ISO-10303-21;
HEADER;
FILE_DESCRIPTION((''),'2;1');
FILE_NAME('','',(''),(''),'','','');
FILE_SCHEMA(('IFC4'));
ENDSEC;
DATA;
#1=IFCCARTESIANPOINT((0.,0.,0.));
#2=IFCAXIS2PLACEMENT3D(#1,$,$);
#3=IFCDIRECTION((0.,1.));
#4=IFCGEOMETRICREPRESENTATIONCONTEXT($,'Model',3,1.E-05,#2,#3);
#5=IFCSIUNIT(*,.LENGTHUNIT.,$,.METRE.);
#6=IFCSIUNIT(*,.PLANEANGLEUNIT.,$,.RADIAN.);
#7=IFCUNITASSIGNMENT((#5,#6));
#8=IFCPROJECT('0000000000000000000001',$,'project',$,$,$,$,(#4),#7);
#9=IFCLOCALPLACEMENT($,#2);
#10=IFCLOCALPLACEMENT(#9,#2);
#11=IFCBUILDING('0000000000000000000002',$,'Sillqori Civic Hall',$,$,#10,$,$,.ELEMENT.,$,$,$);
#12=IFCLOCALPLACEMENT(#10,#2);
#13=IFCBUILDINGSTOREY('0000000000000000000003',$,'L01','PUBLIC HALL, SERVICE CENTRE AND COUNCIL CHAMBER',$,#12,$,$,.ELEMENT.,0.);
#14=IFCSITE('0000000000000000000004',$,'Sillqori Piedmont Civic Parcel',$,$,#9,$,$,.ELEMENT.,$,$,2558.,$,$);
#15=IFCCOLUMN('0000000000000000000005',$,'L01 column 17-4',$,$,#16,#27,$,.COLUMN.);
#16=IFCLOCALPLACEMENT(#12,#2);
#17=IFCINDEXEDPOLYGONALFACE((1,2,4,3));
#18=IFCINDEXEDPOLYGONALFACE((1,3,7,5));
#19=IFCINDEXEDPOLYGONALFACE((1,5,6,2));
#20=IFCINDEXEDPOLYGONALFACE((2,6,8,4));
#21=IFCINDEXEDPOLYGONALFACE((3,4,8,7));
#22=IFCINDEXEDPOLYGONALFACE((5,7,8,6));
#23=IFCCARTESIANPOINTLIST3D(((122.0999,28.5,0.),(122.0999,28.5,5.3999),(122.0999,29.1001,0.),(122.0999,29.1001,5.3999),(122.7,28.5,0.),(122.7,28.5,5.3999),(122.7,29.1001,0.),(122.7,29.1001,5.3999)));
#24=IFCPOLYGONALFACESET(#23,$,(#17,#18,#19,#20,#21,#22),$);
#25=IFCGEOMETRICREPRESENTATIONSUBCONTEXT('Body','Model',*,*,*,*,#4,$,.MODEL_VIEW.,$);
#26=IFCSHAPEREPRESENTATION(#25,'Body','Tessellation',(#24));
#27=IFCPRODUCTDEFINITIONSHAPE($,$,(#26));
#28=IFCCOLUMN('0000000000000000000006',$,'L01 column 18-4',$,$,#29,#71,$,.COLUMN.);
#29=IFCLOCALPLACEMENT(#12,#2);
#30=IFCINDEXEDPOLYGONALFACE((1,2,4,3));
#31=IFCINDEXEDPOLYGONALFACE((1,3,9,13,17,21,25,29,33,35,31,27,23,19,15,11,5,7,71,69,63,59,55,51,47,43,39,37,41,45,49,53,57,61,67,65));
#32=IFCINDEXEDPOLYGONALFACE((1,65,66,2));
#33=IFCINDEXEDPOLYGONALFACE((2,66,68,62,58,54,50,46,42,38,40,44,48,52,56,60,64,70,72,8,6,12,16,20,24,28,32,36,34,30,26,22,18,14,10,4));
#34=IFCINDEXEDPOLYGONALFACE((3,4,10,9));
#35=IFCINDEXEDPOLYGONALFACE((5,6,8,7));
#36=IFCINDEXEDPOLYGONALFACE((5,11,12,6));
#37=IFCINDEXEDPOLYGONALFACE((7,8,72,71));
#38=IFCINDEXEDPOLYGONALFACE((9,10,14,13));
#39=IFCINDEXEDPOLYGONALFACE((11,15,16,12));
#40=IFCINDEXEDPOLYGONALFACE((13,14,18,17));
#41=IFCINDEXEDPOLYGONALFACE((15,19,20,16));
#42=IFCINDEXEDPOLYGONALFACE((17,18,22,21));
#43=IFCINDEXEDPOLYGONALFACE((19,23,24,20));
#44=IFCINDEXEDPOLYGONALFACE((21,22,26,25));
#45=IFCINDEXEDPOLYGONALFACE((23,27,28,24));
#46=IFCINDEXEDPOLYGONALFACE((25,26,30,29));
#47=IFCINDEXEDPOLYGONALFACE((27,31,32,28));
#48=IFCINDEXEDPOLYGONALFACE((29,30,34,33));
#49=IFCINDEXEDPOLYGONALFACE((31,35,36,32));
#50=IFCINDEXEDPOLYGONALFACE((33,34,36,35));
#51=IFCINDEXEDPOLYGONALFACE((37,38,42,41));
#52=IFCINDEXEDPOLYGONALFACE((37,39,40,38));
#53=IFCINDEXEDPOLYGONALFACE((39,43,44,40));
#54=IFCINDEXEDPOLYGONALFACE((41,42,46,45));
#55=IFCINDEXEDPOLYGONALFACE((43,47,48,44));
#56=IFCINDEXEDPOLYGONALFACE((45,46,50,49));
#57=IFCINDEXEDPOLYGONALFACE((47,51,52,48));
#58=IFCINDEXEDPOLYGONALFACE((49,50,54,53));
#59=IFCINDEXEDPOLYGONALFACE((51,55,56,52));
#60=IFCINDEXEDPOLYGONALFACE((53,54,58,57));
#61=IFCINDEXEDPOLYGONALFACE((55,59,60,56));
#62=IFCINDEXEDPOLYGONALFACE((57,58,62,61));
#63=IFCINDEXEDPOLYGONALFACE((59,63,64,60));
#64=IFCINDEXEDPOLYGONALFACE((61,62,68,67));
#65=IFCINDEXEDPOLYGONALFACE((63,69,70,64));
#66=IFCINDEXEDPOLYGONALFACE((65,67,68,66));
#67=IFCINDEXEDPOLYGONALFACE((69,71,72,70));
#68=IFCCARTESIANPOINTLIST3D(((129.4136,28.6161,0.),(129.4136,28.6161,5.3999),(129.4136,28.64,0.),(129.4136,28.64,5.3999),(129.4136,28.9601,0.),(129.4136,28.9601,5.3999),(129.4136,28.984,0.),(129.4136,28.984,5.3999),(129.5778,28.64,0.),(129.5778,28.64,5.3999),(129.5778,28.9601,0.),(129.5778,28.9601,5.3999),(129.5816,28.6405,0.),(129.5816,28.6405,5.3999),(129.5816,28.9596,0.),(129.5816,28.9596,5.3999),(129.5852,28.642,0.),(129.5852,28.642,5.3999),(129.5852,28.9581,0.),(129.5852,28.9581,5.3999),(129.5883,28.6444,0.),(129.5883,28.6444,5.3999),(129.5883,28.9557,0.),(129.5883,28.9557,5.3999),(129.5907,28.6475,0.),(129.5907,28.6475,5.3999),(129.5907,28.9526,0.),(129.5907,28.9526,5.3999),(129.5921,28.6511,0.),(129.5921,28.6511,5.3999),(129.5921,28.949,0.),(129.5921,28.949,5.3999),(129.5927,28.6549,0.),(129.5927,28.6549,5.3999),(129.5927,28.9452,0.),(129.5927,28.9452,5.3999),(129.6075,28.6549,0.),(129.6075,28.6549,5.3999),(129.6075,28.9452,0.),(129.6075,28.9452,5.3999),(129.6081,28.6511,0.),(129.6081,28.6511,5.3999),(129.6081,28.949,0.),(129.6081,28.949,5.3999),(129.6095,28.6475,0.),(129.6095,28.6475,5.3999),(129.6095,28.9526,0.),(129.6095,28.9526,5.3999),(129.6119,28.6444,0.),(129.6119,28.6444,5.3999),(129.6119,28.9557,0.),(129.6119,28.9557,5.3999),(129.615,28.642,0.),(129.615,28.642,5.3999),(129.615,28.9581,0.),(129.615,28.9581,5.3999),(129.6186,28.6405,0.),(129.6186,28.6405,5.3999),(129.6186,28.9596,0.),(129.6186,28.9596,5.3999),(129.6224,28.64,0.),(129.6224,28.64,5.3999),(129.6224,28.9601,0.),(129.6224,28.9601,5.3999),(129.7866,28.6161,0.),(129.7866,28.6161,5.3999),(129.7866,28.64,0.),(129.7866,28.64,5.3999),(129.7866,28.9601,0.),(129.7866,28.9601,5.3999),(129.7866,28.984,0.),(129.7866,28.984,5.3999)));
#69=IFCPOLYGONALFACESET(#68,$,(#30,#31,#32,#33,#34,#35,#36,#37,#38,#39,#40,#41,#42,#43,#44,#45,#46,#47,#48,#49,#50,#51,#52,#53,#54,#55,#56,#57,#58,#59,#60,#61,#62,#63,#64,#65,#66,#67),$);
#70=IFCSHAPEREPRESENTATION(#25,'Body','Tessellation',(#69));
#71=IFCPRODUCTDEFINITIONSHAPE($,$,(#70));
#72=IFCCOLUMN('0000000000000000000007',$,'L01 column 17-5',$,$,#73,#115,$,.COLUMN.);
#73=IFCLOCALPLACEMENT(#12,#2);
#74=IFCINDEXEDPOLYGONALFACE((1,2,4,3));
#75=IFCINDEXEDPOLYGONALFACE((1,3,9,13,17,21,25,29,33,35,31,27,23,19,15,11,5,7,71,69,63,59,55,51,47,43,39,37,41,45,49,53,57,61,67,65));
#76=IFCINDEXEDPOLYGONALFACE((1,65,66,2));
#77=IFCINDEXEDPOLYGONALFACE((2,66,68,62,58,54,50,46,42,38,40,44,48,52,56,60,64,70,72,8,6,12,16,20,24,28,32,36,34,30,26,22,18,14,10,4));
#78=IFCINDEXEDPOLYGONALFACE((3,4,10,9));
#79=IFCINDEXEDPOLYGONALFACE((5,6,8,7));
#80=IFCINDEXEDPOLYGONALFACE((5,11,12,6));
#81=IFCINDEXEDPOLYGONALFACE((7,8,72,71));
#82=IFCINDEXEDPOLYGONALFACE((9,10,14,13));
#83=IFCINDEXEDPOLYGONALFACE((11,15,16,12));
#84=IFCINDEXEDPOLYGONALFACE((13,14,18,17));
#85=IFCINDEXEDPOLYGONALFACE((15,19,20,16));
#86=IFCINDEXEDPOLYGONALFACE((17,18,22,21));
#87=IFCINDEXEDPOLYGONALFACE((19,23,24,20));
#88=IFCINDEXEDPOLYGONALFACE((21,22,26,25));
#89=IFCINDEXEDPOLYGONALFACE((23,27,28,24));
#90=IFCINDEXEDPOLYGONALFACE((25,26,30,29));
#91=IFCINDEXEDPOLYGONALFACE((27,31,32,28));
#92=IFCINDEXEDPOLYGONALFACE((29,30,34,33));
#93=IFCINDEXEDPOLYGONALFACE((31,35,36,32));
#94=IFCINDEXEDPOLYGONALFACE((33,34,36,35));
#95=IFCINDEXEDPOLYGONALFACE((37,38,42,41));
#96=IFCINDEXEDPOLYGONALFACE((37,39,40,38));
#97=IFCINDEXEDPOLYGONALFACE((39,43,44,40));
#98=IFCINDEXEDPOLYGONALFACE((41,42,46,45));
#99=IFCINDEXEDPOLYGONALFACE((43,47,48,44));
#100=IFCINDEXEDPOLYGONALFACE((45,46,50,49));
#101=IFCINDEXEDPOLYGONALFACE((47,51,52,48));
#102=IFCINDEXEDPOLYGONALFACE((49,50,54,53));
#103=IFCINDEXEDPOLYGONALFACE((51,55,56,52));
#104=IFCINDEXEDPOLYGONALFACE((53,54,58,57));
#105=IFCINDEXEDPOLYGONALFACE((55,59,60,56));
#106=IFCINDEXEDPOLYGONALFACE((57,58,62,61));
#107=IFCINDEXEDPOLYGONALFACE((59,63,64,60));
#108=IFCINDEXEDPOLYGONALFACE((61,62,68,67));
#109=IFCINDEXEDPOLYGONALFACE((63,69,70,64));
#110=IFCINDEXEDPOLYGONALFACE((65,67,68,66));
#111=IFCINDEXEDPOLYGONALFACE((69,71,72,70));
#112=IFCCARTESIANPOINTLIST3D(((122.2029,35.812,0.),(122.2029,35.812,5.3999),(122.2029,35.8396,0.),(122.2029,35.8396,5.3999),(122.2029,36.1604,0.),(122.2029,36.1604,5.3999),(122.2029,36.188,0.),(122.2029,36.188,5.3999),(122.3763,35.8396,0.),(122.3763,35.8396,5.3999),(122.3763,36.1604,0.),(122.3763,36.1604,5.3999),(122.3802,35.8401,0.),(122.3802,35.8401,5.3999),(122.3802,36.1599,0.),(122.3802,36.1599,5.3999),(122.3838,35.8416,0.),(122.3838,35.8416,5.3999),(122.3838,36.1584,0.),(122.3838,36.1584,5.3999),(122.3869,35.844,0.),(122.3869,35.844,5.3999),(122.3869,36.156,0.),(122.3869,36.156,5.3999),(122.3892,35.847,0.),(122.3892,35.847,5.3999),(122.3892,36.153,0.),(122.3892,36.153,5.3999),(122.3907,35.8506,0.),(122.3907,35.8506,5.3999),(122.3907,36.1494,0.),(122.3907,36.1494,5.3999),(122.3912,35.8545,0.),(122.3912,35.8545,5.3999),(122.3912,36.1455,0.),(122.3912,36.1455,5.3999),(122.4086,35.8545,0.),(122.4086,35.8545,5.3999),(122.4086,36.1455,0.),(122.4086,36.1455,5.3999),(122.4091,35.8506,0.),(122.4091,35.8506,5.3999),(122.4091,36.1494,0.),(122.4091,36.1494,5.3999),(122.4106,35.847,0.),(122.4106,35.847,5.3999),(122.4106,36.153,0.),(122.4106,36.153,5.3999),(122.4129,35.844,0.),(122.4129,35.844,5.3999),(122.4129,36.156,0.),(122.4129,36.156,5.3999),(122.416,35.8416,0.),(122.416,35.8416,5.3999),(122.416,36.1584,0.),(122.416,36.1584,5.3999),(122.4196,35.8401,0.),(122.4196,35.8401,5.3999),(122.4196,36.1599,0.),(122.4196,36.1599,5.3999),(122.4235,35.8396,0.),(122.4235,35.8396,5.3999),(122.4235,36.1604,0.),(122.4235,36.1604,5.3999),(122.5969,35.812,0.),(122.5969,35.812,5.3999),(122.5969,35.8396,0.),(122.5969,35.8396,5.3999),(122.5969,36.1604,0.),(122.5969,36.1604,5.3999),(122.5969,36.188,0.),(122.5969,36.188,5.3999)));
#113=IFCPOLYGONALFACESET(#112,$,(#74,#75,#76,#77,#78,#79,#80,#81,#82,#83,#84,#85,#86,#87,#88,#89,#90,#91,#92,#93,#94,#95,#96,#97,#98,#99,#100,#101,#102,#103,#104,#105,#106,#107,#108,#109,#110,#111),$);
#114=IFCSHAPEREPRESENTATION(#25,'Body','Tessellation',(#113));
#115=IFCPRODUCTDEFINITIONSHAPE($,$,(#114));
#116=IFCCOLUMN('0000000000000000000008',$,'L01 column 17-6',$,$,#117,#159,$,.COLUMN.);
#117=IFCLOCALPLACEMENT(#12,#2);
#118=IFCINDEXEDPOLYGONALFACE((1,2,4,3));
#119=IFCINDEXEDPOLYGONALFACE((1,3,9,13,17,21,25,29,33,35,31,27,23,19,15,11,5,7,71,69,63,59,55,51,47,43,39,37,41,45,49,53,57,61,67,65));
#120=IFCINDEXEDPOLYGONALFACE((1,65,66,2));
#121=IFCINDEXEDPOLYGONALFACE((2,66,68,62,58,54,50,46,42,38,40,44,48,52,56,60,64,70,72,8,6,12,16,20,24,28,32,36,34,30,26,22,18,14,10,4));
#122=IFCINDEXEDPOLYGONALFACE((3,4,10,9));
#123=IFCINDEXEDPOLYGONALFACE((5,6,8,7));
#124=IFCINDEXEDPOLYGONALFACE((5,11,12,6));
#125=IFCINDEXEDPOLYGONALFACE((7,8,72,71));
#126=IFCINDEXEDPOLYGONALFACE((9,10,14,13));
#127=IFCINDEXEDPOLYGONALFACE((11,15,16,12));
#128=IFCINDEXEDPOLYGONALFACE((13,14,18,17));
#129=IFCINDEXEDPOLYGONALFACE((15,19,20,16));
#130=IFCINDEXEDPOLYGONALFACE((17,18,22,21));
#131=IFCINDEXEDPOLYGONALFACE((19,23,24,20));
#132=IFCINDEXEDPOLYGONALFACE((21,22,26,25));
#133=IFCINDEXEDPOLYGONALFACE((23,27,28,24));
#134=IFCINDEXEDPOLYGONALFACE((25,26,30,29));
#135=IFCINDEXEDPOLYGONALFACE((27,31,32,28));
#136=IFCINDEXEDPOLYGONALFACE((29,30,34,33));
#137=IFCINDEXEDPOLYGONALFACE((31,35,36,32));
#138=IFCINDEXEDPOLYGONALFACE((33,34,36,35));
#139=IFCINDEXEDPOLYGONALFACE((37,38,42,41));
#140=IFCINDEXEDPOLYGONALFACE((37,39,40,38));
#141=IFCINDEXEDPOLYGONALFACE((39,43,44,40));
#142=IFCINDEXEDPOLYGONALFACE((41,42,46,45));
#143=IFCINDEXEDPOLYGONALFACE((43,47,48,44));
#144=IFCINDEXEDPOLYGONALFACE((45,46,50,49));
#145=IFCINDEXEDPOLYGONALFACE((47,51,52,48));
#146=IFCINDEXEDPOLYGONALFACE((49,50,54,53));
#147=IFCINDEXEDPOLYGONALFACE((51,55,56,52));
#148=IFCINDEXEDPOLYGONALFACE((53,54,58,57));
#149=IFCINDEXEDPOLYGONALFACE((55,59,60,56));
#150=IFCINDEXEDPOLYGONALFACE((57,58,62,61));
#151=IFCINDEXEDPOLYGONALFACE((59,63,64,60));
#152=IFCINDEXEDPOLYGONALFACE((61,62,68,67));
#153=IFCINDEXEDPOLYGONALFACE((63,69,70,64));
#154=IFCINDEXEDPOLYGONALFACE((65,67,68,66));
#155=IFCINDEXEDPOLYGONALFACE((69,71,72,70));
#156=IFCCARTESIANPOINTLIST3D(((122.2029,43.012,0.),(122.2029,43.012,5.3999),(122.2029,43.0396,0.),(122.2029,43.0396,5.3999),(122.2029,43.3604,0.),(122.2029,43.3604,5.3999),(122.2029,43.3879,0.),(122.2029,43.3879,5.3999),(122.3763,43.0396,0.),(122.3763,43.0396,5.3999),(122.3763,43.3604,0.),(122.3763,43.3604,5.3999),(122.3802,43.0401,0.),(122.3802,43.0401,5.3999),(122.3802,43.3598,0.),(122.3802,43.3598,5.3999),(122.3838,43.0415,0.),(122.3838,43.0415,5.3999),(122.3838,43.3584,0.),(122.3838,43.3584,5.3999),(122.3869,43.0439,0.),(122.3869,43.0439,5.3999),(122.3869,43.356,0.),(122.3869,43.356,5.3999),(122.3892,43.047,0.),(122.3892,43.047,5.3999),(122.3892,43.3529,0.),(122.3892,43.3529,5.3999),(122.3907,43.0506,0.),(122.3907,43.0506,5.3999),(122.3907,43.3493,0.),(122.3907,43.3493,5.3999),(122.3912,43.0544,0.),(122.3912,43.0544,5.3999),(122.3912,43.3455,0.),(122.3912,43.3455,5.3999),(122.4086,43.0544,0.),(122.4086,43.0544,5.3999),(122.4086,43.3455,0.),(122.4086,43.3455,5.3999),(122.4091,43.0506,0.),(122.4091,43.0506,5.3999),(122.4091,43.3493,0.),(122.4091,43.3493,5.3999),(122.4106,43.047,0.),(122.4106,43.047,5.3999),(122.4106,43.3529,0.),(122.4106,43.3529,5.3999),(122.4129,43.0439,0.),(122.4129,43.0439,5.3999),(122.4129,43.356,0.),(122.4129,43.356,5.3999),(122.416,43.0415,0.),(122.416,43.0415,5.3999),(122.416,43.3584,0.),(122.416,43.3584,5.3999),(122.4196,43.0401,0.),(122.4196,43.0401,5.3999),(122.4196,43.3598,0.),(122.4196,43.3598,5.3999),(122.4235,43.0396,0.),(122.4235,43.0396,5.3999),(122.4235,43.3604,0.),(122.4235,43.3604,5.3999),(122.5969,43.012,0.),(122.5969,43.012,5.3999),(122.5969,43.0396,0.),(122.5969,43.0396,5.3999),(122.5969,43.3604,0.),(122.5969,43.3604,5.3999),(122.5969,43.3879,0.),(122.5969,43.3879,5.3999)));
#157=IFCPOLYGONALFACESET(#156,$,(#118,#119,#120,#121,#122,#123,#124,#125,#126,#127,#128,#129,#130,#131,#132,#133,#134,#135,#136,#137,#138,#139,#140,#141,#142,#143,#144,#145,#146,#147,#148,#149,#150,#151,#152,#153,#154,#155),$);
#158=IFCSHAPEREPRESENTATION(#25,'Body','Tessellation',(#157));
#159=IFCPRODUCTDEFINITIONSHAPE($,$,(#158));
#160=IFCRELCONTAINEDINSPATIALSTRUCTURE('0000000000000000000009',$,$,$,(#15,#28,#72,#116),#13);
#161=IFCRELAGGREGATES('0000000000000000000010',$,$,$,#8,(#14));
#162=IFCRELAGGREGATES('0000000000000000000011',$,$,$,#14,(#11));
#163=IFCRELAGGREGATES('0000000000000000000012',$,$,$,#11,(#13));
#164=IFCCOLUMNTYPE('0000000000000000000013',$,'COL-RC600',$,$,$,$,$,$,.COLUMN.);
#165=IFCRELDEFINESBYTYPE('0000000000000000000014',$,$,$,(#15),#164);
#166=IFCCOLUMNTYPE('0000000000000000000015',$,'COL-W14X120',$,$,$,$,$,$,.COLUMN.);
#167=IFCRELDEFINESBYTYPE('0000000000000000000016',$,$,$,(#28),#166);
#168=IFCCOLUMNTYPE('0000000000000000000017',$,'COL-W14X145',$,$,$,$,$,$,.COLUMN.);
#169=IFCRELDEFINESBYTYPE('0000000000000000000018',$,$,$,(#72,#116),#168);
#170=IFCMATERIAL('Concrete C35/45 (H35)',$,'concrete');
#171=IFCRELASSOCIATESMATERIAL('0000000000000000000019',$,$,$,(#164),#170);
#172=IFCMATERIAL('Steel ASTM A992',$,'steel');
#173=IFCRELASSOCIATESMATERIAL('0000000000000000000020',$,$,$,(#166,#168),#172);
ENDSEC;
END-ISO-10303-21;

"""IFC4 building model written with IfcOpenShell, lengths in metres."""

from ifc_helpers import new_model, si_unit, direction, frame, origin, origin_2d, place, context, subcontext, project, spatial, rectangle, i_section, extrude, material, material_profile, profile_set, type_object, element, save


model = new_model("IFC4")

# Units and contexts
model_context = context("Model", 3, precision=1e-05, world=origin(), true_north=direction((0.0, 1.0)))
body_context = subcontext(model_context, "Body", "Model", "MODEL_VIEW")
ifc_project = project(units=[si_unit("LENGTHUNIT", "METRE"), si_unit("PLANEANGLEUNIT", "RADIAN")], contexts=[model_context])

# Site, building, storey
site_placement = place(None, origin())
site = spatial("IfcSite", under=ifc_project, at=site_placement, Name="Sillqori Piedmont Civic Parcel", CompositionType="ELEMENT", RefElevation=2558.0)
building_placement = place(site_placement, origin())
building = spatial("IfcBuilding", under=site, at=building_placement, Name="Sillqori Civic Hall", CompositionType="ELEMENT")
storey_placement = place(building_placement, origin())
storey = spatial("IfcBuildingStorey", under=building, at=storey_placement, Name="L01", Description="PUBLIC HALL, SERVICE CENTRE AND COUNCIL CHAMBER", CompositionType="ELEMENT", Elevation=0.0)

# Columns
ifc_material_1 = material(Name="Concrete C35/45 (H35)", Category="concrete")
ifc_material_profile_1 = material_profile(ifc_material_1, rectangle(XDim=0.6001, YDim=0.6001, at=origin_2d()), Name="RC 600x600")
ifc_profile_set_1 = profile_set([ifc_material_profile_1], Name="Concrete C35/45 (H35)")
column_type_1 = type_object("IfcColumnType", Name="COL-RC600", PredefinedType="COLUMN", material=ifc_profile_set_1)
column_1_placement = place(storey_placement, frame((122.3999, 28.8, 0.0), z_axis=(0.0, 0.0, 1.0), x_axis=(1.0, 0.0, 0.0)))
element("IfcColumn", 1, at=column_1_placement, inside=storey, type_object=column_type_1, Name="L01 column 17-4", PredefinedType="COLUMN", context=body_context, shape_type="SweptSolid", body=[
    extrude(rectangle(XDim=0.6001, YDim=0.6001, at=origin_2d()), origin(), (0.0, 0.0, 1.0), 5.3999),
])
ifc_material_2 = material(Name="Steel ASTM A992", Category="steel")
ifc_material_profile_2 = material_profile(ifc_material_2, i_section(OverallWidth=0.373, OverallDepth=0.3679, WebThickness=0.0149, FlangeThickness=0.0239, FilletRadius=0.0149, at=origin_2d()), Name="W14X120")
ifc_profile_set_2 = profile_set([ifc_material_profile_2], Name="Steel ASTM A992")
column_type_2 = type_object("IfcColumnType", Name="COL-W14X120", PredefinedType="COLUMN", material=ifc_profile_set_2)
column_2_placement = place(storey_placement, frame((129.6001, 28.8, 0.0), z_axis=(0.0, 0.0, 1.0), x_axis=(1.0, 0.0, 0.0)))
element("IfcColumn", 2, at=column_2_placement, inside=storey, type_object=column_type_2, Name="L01 column 18-4", PredefinedType="COLUMN", context=body_context, shape_type="SweptSolid", body=[
    extrude(i_section(OverallWidth=0.373, OverallDepth=0.3679, WebThickness=0.0149, FlangeThickness=0.0239, FilletRadius=0.0149, at=origin_2d()), origin(), (0.0, 0.0, 1.0), 5.3999),
])
ifc_material_profile_3 = material_profile(ifc_material_2, i_section(OverallWidth=0.394, OverallDepth=0.376, WebThickness=0.0173, FlangeThickness=0.0276, FilletRadius=0.0149, at=origin_2d()), Name="W14X145")
ifc_profile_set_3 = profile_set([ifc_material_profile_3], Name="Steel ASTM A992")
column_type_3 = type_object("IfcColumnType", Name="COL-W14X145", PredefinedType="COLUMN", material=ifc_profile_set_3)
for number, where, z_axis, x_axis, name in (
    (3, (122.3999, 36.0, 0.0), (0.0, 0.0, 1.0), (1.0, 0.0, 0.0), "L01 column 17-5"),
    (4, (122.3999, 43.2, 0.0), (0.0, 0.0, 1.0), (1.0, 0.0, 0.0), "L01 column 17-6"),
):
    element("IfcColumn", number, at=place(storey_placement, frame(where, z_axis=z_axis, x_axis=x_axis)), inside=storey, type_object=column_type_3, Name=name, PredefinedType="COLUMN", context=body_context, shape_type="SweptSolid", body=[
        extrude(i_section(OverallWidth=0.394, OverallDepth=0.376, WebThickness=0.0173, FlangeThickness=0.0276, FilletRadius=0.0149, at=origin_2d()), origin(), (0.0, 0.0, 1.0), 5.3999),
    ])

save(model, "model.ifc")
